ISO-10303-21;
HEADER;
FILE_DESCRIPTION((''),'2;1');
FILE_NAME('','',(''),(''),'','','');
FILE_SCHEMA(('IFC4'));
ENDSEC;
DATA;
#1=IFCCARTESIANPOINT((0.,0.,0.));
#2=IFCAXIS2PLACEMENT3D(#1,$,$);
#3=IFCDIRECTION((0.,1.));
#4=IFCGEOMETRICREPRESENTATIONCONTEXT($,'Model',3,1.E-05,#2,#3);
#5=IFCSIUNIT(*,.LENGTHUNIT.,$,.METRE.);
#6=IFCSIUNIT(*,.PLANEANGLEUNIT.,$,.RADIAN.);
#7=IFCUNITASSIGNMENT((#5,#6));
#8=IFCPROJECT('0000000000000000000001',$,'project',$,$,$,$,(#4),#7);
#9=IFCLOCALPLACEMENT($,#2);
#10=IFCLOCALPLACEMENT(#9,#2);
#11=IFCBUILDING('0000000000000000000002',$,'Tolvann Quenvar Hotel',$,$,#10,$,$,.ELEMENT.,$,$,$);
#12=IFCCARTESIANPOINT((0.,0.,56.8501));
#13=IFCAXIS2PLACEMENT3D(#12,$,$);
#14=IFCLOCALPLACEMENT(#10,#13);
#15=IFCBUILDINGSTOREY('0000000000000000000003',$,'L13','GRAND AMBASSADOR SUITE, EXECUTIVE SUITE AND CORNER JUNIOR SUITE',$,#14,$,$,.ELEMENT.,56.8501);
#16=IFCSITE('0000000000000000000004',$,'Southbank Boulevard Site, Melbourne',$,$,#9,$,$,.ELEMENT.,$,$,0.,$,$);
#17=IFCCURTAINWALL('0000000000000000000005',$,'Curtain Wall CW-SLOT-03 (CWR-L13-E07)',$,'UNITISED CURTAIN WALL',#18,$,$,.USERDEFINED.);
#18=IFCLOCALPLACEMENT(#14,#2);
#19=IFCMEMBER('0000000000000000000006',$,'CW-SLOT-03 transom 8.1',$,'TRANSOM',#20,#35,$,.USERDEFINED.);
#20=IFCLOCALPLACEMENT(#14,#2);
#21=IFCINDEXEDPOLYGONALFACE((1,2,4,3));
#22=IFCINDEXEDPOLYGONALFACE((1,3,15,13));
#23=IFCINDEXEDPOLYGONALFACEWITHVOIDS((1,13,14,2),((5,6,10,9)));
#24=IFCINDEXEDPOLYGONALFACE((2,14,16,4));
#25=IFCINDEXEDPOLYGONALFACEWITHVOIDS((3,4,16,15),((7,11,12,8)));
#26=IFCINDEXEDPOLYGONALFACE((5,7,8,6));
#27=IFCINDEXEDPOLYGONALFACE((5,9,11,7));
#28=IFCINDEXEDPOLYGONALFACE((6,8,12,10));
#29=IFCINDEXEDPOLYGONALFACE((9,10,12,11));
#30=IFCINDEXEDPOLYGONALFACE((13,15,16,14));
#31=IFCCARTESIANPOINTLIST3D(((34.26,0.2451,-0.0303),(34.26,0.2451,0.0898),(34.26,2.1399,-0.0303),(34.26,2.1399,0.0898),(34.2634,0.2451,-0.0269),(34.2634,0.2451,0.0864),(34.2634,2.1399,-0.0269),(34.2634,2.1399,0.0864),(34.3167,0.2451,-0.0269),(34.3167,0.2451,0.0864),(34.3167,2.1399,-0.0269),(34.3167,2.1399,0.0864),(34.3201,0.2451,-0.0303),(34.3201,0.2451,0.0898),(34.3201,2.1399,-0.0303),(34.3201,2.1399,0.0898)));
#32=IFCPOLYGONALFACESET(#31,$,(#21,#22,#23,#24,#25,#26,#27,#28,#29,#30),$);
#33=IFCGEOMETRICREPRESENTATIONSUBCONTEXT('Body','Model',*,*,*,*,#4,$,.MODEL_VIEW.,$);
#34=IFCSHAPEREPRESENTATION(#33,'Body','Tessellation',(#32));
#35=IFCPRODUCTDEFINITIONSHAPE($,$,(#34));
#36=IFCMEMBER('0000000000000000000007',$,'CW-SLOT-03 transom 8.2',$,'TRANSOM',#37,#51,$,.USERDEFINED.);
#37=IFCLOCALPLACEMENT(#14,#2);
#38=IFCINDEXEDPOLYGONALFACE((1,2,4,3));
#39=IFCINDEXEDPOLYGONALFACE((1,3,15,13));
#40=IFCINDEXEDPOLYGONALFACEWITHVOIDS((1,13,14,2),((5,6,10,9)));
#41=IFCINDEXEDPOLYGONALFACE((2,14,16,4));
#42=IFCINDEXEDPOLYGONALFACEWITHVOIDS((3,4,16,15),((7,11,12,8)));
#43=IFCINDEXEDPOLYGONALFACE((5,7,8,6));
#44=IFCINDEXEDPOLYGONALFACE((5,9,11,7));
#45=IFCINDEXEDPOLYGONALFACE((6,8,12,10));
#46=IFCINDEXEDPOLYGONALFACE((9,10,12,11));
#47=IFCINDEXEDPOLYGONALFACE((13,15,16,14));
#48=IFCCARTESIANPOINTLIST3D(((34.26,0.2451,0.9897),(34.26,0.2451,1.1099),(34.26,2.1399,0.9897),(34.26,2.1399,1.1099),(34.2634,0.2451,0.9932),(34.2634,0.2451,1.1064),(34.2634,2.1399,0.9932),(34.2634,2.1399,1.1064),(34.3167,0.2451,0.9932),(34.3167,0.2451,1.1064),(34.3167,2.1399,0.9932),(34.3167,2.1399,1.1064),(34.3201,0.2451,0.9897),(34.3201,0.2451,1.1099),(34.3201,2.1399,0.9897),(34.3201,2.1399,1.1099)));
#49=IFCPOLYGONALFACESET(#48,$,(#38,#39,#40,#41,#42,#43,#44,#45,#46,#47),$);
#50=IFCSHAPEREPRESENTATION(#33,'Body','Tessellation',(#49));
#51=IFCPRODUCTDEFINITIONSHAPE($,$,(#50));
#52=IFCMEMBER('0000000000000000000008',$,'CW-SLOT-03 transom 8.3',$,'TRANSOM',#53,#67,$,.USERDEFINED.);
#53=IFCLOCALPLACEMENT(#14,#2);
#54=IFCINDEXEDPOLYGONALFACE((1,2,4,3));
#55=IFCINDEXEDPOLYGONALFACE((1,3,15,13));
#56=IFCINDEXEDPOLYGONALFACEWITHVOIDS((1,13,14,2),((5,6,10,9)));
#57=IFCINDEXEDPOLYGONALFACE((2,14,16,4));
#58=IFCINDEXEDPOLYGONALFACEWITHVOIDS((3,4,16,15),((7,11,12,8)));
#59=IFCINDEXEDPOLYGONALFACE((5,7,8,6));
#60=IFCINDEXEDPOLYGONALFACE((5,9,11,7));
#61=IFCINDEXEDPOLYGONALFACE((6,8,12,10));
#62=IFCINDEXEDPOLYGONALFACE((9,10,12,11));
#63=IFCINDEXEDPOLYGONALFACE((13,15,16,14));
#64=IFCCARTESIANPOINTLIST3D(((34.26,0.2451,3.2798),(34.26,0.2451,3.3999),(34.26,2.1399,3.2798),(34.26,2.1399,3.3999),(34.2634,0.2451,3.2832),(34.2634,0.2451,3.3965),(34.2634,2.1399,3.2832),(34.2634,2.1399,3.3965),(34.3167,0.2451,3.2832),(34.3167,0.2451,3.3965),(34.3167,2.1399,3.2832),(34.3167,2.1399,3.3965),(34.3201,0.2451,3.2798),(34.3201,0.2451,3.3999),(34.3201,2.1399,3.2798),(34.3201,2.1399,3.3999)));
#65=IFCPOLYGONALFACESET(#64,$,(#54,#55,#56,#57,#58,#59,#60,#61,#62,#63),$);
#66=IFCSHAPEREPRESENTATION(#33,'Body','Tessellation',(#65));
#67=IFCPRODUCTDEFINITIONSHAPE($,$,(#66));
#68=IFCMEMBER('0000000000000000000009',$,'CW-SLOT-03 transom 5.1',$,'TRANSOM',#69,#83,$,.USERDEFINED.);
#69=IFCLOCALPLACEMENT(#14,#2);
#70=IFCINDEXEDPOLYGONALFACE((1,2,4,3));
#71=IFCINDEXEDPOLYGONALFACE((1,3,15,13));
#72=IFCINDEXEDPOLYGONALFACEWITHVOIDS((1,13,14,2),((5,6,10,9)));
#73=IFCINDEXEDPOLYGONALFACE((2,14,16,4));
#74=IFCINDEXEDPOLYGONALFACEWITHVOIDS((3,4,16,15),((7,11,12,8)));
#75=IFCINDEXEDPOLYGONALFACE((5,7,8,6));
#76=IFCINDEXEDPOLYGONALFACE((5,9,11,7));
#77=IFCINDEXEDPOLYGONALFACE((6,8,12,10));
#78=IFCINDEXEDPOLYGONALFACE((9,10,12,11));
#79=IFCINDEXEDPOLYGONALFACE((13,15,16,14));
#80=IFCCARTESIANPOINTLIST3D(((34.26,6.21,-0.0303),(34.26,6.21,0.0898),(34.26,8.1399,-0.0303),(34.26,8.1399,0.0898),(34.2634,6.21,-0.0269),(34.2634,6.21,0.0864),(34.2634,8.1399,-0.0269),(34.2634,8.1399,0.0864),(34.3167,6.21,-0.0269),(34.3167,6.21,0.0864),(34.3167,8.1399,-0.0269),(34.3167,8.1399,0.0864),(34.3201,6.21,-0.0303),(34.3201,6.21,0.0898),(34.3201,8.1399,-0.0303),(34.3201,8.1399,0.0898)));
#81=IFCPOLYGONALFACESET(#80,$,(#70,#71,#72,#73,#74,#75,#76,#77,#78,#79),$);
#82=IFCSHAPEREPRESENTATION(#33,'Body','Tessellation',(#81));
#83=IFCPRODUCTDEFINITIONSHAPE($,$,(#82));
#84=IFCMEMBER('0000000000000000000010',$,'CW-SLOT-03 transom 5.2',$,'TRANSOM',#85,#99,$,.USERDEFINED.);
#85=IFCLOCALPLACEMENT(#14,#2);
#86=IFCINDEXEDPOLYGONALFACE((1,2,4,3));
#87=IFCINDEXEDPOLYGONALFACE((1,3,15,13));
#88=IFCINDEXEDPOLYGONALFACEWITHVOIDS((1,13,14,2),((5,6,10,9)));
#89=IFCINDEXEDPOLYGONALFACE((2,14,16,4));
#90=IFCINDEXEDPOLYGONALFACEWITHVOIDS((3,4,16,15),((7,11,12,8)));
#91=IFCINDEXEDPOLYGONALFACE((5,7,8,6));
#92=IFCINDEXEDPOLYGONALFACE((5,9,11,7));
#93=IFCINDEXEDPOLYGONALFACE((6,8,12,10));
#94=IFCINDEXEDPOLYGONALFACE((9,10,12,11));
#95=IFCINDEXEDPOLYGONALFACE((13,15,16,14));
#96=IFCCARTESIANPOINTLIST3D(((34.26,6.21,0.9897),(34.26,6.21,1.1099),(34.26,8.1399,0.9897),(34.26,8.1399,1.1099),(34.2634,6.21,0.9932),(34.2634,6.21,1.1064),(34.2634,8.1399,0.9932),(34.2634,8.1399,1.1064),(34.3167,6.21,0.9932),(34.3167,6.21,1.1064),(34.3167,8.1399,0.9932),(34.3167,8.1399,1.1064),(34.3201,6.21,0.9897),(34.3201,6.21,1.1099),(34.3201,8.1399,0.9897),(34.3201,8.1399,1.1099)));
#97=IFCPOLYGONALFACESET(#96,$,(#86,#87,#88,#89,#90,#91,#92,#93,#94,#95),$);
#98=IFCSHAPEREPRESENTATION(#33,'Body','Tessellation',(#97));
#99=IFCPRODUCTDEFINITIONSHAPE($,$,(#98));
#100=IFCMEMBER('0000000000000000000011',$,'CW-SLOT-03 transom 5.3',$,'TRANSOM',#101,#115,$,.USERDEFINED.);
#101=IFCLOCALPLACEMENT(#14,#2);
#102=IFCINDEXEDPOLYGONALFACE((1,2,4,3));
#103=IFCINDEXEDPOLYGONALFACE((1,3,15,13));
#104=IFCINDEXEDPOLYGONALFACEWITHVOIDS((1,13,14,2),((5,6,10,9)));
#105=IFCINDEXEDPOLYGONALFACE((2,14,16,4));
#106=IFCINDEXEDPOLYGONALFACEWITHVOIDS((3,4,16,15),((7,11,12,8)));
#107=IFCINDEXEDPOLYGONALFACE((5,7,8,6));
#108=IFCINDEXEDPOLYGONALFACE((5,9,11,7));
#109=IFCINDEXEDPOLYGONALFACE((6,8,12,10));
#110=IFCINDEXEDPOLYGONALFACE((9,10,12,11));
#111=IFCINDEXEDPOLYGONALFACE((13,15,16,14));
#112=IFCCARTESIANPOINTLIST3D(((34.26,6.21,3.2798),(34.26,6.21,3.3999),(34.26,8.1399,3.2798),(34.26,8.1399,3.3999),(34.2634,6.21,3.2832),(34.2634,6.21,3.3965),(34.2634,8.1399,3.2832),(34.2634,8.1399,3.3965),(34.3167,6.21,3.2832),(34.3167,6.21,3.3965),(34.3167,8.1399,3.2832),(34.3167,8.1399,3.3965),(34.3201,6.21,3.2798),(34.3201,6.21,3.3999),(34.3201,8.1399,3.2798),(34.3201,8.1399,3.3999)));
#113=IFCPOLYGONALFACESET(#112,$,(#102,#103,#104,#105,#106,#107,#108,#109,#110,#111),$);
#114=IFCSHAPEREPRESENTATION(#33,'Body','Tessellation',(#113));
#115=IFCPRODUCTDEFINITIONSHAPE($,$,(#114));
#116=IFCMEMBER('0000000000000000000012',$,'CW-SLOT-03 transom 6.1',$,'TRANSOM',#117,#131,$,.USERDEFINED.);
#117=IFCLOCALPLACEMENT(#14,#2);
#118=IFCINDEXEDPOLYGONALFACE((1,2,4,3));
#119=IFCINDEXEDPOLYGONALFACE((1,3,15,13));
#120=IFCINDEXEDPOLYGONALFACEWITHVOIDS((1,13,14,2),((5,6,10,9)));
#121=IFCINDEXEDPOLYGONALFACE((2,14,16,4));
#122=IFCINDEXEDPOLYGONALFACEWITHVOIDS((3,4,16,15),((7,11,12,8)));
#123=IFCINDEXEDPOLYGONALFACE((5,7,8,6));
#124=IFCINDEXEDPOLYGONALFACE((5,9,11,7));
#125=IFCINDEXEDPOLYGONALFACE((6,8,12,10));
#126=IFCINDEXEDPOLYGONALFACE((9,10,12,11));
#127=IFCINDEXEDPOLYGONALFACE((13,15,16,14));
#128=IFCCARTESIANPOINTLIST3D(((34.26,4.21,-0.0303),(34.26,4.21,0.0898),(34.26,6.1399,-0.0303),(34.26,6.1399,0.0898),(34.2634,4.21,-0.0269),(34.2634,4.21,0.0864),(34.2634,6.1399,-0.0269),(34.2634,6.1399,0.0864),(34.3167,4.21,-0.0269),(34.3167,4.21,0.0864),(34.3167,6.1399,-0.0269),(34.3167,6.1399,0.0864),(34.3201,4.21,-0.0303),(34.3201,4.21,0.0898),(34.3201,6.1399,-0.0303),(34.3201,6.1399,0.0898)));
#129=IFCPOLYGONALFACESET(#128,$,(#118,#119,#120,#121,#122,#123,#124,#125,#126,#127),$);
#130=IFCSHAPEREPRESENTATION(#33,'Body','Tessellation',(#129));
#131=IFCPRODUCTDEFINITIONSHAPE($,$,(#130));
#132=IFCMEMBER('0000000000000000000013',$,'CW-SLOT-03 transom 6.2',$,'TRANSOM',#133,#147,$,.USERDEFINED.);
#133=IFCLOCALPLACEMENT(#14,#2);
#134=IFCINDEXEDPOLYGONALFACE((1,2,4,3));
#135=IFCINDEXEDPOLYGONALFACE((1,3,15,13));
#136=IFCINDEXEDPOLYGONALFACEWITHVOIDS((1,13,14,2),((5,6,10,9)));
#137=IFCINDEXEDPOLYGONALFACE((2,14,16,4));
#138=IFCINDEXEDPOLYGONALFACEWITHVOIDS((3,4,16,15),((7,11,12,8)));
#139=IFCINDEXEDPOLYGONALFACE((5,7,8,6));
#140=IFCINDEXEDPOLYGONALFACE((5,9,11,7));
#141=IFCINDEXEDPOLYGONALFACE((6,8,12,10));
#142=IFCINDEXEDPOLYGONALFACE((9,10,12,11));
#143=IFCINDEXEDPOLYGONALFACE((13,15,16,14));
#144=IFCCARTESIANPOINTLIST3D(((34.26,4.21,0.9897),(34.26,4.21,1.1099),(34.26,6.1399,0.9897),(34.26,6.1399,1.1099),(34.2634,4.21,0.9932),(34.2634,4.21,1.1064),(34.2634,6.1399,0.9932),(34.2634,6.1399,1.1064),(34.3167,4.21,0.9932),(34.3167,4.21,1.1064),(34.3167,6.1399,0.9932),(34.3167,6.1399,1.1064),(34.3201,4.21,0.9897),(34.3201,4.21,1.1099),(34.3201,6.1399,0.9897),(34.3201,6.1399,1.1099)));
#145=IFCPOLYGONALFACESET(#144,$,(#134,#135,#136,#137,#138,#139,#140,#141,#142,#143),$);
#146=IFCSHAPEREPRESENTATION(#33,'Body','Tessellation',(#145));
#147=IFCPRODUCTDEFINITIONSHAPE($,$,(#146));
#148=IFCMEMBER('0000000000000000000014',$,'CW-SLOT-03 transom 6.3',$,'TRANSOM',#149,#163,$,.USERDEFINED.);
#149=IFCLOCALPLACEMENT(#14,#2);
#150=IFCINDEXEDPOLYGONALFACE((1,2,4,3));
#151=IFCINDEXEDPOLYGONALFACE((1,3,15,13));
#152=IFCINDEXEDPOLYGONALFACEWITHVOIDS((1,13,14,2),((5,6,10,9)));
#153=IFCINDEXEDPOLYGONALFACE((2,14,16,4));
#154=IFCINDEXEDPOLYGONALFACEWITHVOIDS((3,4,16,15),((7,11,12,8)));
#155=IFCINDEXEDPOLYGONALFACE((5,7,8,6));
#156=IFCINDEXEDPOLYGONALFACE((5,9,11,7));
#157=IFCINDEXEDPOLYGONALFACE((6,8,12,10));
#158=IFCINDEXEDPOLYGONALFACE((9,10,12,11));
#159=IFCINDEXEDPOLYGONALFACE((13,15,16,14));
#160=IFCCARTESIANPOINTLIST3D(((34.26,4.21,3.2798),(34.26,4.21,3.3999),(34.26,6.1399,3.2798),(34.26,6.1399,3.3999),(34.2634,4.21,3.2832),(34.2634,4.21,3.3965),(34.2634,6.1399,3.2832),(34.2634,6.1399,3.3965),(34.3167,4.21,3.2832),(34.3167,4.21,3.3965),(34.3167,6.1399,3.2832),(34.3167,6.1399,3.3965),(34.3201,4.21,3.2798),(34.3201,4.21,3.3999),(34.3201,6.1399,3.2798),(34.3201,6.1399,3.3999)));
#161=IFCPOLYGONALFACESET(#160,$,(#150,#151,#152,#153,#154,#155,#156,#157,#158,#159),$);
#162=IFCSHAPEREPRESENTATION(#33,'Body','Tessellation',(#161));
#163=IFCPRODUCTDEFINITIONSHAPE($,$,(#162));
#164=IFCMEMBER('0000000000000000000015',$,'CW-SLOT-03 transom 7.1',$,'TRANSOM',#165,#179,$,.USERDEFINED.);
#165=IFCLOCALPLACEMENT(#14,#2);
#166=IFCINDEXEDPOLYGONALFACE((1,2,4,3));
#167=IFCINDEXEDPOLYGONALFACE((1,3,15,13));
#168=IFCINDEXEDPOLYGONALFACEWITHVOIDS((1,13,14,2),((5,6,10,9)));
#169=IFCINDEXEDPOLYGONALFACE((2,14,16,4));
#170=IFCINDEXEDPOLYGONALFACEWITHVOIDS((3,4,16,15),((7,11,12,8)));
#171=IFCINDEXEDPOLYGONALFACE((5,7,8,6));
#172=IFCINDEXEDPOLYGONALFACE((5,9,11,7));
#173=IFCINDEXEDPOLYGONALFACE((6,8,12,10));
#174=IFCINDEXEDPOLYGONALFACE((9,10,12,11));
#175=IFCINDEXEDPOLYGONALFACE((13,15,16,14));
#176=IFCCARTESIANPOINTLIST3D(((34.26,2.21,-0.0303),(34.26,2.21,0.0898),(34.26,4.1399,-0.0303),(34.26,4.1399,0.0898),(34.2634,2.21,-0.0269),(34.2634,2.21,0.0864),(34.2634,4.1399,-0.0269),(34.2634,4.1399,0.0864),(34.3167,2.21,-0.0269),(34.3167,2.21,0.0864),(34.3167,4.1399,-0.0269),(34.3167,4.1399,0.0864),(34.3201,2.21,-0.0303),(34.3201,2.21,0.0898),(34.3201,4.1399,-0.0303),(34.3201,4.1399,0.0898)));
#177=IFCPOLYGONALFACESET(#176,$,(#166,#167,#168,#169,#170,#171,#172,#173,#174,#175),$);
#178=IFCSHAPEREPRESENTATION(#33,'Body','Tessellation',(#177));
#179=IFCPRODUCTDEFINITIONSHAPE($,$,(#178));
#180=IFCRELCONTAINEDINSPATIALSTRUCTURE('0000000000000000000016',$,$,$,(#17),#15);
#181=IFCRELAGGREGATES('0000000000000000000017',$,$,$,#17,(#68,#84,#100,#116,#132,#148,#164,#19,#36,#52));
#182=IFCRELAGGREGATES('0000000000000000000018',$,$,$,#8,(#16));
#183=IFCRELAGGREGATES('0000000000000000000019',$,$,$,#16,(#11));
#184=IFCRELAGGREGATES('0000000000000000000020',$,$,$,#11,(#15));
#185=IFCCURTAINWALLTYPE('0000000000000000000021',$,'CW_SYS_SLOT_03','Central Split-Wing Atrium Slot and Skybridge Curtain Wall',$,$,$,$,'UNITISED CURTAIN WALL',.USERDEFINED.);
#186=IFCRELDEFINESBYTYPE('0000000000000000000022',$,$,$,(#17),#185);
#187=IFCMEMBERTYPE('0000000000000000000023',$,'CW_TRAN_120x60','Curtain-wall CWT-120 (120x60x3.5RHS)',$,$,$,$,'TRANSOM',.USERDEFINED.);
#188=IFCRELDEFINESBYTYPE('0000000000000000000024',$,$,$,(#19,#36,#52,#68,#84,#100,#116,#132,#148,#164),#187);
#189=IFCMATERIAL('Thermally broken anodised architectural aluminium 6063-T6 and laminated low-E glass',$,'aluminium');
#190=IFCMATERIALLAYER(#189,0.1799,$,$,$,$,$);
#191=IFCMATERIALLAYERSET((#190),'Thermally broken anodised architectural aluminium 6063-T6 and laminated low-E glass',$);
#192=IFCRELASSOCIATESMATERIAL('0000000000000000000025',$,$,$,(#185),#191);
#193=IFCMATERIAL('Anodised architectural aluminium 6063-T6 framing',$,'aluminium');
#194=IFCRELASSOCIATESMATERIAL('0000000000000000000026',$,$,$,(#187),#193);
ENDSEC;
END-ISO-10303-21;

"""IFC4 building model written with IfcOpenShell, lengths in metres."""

from ifc_helpers import new_model, si_unit, direction, frame, origin, origin_2d, place, context, subcontext, project, spatial, hollow_rectangle, extrude, source, transform, mapped, material, layer, layer_set, material_profile, profile_set, type_object, type_shapes, element, aggregate, save


model = new_model("IFC4")

# Units and contexts
model_context = context("Model", 3, precision=1e-05, world=origin(), true_north=direction((0.0, 1.0)))
body_context = subcontext(model_context, "Body", "Model", "MODEL_VIEW")
ifc_project = project(units=[si_unit("LENGTHUNIT", "METRE"), si_unit("PLANEANGLEUNIT", "RADIAN")], contexts=[model_context])

# Site, building, storey
site_placement = place(None, origin())
site = spatial("IfcSite", under=ifc_project, at=site_placement, Name="Southbank Boulevard Site, Melbourne", CompositionType="ELEMENT", RefElevation=0.0)
building_placement = place(site_placement, origin())
building = spatial("IfcBuilding", under=site, at=building_placement, Name="Tolvann Quenvar Hotel", CompositionType="ELEMENT")
storey_placement = place(building_placement, frame((0.0, 0.0, 56.8501)))
storey = spatial("IfcBuildingStorey", under=building, at=storey_placement, Name="L13", Description="GRAND AMBASSADOR SUITE, EXECUTIVE SUITE AND CORNER JUNIOR SUITE", CompositionType="ELEMENT", Elevation=56.8501)

# Curtain wall, members
ifc_material_1 = material(Name="Thermally broken anodised architectural aluminium 6063-T6 and laminated low-E glass", Category="aluminium")
ifc_layer_1 = layer(ifc_material_1, 0.1799)
ifc_layer_set_1 = layer_set([ifc_layer_1], Name="Thermally broken anodised architectural aluminium 6063-T6 and laminated low-E glass")
curtain_wall_type = type_object("IfcCurtainWallType", Name="CW_SYS_SLOT_03", Description="Central Split-Wing Atrium Slot and Skybridge Curtain Wall", ElementType="UNITISED CURTAIN WALL", PredefinedType="USERDEFINED", material=ifc_layer_set_1)
curtain_wall_placement = place(storey_placement, origin())
curtain_wall = element("IfcCurtainWall", 1, at=curtain_wall_placement, inside=storey, type_object=curtain_wall_type, Name="Curtain Wall CW-SLOT-03 (CWR-L13-E07)", ObjectType="UNITISED CURTAIN WALL", PredefinedType="USERDEFINED")
ifc_material_2 = material(Name="Anodised architectural aluminium 6063-T6 framing", Category="aluminium")
ifc_material_profile_1 = material_profile(ifc_material_2, hollow_rectangle(XDim=0.0601, YDim=0.1201, WallThickness=0.0034, at=origin_2d()), Name="120x60x3.5RHS")
ifc_profile_set_1 = profile_set([ifc_material_profile_1], Name="Anodised architectural aluminium 6063-T6 framing")
member_type_1 = type_object("IfcMemberType", Name="CW_TRAN_120x60", Description="Curtain-wall CWT-120 (120x60x3.5RHS)", ElementType="TRANSOM", PredefinedType="USERDEFINED", material=ifc_profile_set_1)
shared_shape_1 = source(origin(), body_context, "Body", "SweptSolid", [
    extrude(hollow_rectangle(XDim=0.0601, YDim=0.1201, WallThickness=0.0034, at=origin_2d()), origin(), (0.0, 0.0, 1.0), 1.8948),
])
member_1_placement = place(storey_placement, frame((34.29, 2.1399, 0.0298), z_axis=(0.0, -1.0, 0.0), x_axis=(1.0, 0.0, 0.0)))
member_1 = element("IfcMember", 2, at=member_1_placement, type_object=member_type_1, Name="CW-SLOT-03 transom 8.1", ObjectType="TRANSOM", PredefinedType="USERDEFINED", context=body_context, shape_type="MappedRepresentation", body=[
    mapped(shared_shape_1, transform((0.0, 0.0, 0.0), x_axis=(1.0, 0.0, 0.0), y_axis=(0.0, 1.0, 0.0), z_axis=(0.0, 0.0, 1.0), scale=1.0)),
])
member_2_placement = place(storey_placement, frame((34.29, 2.1399, 1.0498), z_axis=(0.0, -1.0, 0.0), x_axis=(1.0, 0.0, 0.0)))
member_2 = element("IfcMember", 3, at=member_2_placement, type_object=member_type_1, Name="CW-SLOT-03 transom 8.2", ObjectType="TRANSOM", PredefinedType="USERDEFINED", context=body_context, shape_type="MappedRepresentation", body=[
    mapped(shared_shape_1, transform((0.0, 0.0, 0.0), x_axis=(1.0, 0.0, 0.0), y_axis=(0.0, 1.0, 0.0), z_axis=(0.0, 0.0, 1.0), scale=1.0)),
])
member_3_placement = place(storey_placement, frame((34.29, 2.1399, 3.3398), z_axis=(0.0, -1.0, 0.0), x_axis=(1.0, 0.0, 0.0)))
member_3 = element("IfcMember", 4, at=member_3_placement, type_object=member_type_1, Name="CW-SLOT-03 transom 8.3", ObjectType="TRANSOM", PredefinedType="USERDEFINED", context=body_context, shape_type="MappedRepresentation", body=[
    mapped(shared_shape_1, transform((0.0, 0.0, 0.0), x_axis=(1.0, 0.0, 0.0), y_axis=(0.0, 1.0, 0.0), z_axis=(0.0, 0.0, 1.0), scale=1.0)),
])
shared_shape_2 = source(origin(), body_context, "Body", "SweptSolid", [
    extrude(hollow_rectangle(XDim=0.0601, YDim=0.1201, WallThickness=0.0034, at=origin_2d()), origin(), (0.0, 0.0, 1.0), 1.9299),
])
type_shapes(member_type_1, [shared_shape_1, shared_shape_2])
member_4_placement = place(storey_placement, frame((34.29, 8.1399, 0.0298), z_axis=(0.0, -1.0, 0.0), x_axis=(1.0, 0.0, 0.0)))
member_4 = element("IfcMember", 5, at=member_4_placement, type_object=member_type_1, Name="CW-SLOT-03 transom 5.1", ObjectType="TRANSOM", PredefinedType="USERDEFINED", context=body_context, shape_type="MappedRepresentation", body=[
    mapped(shared_shape_2, transform((0.0, 0.0, 0.0), x_axis=(1.0, 0.0, 0.0), y_axis=(0.0, 1.0, 0.0), z_axis=(0.0, 0.0, 1.0), scale=1.0)),
])
member_5_placement = place(storey_placement, frame((34.29, 8.1399, 1.0498), z_axis=(0.0, -1.0, 0.0), x_axis=(1.0, 0.0, 0.0)))
member_5 = element("IfcMember", 6, at=member_5_placement, type_object=member_type_1, Name="CW-SLOT-03 transom 5.2", ObjectType="TRANSOM", PredefinedType="USERDEFINED", context=body_context, shape_type="MappedRepresentation", body=[
    mapped(shared_shape_2, transform((0.0, 0.0, 0.0), x_axis=(1.0, 0.0, 0.0), y_axis=(0.0, 1.0, 0.0), z_axis=(0.0, 0.0, 1.0), scale=1.0)),
])
member_6_placement = place(storey_placement, frame((34.29, 8.1399, 3.3398), z_axis=(0.0, -1.0, 0.0), x_axis=(1.0, 0.0, 0.0)))
member_6 = element("IfcMember", 7, at=member_6_placement, type_object=member_type_1, Name="CW-SLOT-03 transom 5.3", ObjectType="TRANSOM", PredefinedType="USERDEFINED", context=body_context, shape_type="MappedRepresentation", body=[
    mapped(shared_shape_2, transform((0.0, 0.0, 0.0), x_axis=(1.0, 0.0, 0.0), y_axis=(0.0, 1.0, 0.0), z_axis=(0.0, 0.0, 1.0), scale=1.0)),
])
member_7_placement = place(storey_placement, frame((34.29, 6.1399, 0.0298), z_axis=(0.0, -1.0, 0.0), x_axis=(1.0, 0.0, 0.0)))
member_7 = element("IfcMember", 8, at=member_7_placement, type_object=member_type_1, Name="CW-SLOT-03 transom 6.1", ObjectType="TRANSOM", PredefinedType="USERDEFINED", context=body_context, shape_type="MappedRepresentation", body=[
    mapped(shared_shape_2, transform((0.0, 0.0, 0.0), x_axis=(1.0, 0.0, 0.0), y_axis=(0.0, 1.0, 0.0), z_axis=(0.0, 0.0, 1.0), scale=1.0)),
])
member_8_placement = place(storey_placement, frame((34.29, 6.1399, 1.0498), z_axis=(0.0, -1.0, 0.0), x_axis=(1.0, 0.0, 0.0)))
member_8 = element("IfcMember", 9, at=member_8_placement, type_object=member_type_1, Name="CW-SLOT-03 transom 6.2", ObjectType="TRANSOM", PredefinedType="USERDEFINED", context=body_context, shape_type="MappedRepresentation", body=[
    mapped(shared_shape_2, transform((0.0, 0.0, 0.0), x_axis=(1.0, 0.0, 0.0), y_axis=(0.0, 1.0, 0.0), z_axis=(0.0, 0.0, 1.0), scale=1.0)),
])
member_9_placement = place(storey_placement, frame((34.29, 6.1399, 3.3398), z_axis=(0.0, -1.0, 0.0), x_axis=(1.0, 0.0, 0.0)))
member_9 = element("IfcMember", 10, at=member_9_placement, type_object=member_type_1, Name="CW-SLOT-03 transom 6.3", ObjectType="TRANSOM", PredefinedType="USERDEFINED", context=body_context, shape_type="MappedRepresentation", body=[
    mapped(shared_shape_2, transform((0.0, 0.0, 0.0), x_axis=(1.0, 0.0, 0.0), y_axis=(0.0, 1.0, 0.0), z_axis=(0.0, 0.0, 1.0), scale=1.0)),
])
member_10_placement = place(storey_placement, frame((34.29, 4.1399, 0.0298), z_axis=(0.0, -1.0, 0.0), x_axis=(1.0, 0.0, 0.0)))
member_10 = element("IfcMember", 11, at=member_10_placement, type_object=member_type_1, Name="CW-SLOT-03 transom 7.1", ObjectType="TRANSOM", PredefinedType="USERDEFINED", context=body_context, shape_type="MappedRepresentation", body=[
    mapped(shared_shape_2, transform((0.0, 0.0, 0.0), x_axis=(1.0, 0.0, 0.0), y_axis=(0.0, 1.0, 0.0), z_axis=(0.0, 0.0, 1.0), scale=1.0)),
])
aggregate(curtain_wall, [member_4, member_5, member_6, member_7, member_8, member_9, member_10, member_1, member_2, member_3])

save(model, "model.ifc")
